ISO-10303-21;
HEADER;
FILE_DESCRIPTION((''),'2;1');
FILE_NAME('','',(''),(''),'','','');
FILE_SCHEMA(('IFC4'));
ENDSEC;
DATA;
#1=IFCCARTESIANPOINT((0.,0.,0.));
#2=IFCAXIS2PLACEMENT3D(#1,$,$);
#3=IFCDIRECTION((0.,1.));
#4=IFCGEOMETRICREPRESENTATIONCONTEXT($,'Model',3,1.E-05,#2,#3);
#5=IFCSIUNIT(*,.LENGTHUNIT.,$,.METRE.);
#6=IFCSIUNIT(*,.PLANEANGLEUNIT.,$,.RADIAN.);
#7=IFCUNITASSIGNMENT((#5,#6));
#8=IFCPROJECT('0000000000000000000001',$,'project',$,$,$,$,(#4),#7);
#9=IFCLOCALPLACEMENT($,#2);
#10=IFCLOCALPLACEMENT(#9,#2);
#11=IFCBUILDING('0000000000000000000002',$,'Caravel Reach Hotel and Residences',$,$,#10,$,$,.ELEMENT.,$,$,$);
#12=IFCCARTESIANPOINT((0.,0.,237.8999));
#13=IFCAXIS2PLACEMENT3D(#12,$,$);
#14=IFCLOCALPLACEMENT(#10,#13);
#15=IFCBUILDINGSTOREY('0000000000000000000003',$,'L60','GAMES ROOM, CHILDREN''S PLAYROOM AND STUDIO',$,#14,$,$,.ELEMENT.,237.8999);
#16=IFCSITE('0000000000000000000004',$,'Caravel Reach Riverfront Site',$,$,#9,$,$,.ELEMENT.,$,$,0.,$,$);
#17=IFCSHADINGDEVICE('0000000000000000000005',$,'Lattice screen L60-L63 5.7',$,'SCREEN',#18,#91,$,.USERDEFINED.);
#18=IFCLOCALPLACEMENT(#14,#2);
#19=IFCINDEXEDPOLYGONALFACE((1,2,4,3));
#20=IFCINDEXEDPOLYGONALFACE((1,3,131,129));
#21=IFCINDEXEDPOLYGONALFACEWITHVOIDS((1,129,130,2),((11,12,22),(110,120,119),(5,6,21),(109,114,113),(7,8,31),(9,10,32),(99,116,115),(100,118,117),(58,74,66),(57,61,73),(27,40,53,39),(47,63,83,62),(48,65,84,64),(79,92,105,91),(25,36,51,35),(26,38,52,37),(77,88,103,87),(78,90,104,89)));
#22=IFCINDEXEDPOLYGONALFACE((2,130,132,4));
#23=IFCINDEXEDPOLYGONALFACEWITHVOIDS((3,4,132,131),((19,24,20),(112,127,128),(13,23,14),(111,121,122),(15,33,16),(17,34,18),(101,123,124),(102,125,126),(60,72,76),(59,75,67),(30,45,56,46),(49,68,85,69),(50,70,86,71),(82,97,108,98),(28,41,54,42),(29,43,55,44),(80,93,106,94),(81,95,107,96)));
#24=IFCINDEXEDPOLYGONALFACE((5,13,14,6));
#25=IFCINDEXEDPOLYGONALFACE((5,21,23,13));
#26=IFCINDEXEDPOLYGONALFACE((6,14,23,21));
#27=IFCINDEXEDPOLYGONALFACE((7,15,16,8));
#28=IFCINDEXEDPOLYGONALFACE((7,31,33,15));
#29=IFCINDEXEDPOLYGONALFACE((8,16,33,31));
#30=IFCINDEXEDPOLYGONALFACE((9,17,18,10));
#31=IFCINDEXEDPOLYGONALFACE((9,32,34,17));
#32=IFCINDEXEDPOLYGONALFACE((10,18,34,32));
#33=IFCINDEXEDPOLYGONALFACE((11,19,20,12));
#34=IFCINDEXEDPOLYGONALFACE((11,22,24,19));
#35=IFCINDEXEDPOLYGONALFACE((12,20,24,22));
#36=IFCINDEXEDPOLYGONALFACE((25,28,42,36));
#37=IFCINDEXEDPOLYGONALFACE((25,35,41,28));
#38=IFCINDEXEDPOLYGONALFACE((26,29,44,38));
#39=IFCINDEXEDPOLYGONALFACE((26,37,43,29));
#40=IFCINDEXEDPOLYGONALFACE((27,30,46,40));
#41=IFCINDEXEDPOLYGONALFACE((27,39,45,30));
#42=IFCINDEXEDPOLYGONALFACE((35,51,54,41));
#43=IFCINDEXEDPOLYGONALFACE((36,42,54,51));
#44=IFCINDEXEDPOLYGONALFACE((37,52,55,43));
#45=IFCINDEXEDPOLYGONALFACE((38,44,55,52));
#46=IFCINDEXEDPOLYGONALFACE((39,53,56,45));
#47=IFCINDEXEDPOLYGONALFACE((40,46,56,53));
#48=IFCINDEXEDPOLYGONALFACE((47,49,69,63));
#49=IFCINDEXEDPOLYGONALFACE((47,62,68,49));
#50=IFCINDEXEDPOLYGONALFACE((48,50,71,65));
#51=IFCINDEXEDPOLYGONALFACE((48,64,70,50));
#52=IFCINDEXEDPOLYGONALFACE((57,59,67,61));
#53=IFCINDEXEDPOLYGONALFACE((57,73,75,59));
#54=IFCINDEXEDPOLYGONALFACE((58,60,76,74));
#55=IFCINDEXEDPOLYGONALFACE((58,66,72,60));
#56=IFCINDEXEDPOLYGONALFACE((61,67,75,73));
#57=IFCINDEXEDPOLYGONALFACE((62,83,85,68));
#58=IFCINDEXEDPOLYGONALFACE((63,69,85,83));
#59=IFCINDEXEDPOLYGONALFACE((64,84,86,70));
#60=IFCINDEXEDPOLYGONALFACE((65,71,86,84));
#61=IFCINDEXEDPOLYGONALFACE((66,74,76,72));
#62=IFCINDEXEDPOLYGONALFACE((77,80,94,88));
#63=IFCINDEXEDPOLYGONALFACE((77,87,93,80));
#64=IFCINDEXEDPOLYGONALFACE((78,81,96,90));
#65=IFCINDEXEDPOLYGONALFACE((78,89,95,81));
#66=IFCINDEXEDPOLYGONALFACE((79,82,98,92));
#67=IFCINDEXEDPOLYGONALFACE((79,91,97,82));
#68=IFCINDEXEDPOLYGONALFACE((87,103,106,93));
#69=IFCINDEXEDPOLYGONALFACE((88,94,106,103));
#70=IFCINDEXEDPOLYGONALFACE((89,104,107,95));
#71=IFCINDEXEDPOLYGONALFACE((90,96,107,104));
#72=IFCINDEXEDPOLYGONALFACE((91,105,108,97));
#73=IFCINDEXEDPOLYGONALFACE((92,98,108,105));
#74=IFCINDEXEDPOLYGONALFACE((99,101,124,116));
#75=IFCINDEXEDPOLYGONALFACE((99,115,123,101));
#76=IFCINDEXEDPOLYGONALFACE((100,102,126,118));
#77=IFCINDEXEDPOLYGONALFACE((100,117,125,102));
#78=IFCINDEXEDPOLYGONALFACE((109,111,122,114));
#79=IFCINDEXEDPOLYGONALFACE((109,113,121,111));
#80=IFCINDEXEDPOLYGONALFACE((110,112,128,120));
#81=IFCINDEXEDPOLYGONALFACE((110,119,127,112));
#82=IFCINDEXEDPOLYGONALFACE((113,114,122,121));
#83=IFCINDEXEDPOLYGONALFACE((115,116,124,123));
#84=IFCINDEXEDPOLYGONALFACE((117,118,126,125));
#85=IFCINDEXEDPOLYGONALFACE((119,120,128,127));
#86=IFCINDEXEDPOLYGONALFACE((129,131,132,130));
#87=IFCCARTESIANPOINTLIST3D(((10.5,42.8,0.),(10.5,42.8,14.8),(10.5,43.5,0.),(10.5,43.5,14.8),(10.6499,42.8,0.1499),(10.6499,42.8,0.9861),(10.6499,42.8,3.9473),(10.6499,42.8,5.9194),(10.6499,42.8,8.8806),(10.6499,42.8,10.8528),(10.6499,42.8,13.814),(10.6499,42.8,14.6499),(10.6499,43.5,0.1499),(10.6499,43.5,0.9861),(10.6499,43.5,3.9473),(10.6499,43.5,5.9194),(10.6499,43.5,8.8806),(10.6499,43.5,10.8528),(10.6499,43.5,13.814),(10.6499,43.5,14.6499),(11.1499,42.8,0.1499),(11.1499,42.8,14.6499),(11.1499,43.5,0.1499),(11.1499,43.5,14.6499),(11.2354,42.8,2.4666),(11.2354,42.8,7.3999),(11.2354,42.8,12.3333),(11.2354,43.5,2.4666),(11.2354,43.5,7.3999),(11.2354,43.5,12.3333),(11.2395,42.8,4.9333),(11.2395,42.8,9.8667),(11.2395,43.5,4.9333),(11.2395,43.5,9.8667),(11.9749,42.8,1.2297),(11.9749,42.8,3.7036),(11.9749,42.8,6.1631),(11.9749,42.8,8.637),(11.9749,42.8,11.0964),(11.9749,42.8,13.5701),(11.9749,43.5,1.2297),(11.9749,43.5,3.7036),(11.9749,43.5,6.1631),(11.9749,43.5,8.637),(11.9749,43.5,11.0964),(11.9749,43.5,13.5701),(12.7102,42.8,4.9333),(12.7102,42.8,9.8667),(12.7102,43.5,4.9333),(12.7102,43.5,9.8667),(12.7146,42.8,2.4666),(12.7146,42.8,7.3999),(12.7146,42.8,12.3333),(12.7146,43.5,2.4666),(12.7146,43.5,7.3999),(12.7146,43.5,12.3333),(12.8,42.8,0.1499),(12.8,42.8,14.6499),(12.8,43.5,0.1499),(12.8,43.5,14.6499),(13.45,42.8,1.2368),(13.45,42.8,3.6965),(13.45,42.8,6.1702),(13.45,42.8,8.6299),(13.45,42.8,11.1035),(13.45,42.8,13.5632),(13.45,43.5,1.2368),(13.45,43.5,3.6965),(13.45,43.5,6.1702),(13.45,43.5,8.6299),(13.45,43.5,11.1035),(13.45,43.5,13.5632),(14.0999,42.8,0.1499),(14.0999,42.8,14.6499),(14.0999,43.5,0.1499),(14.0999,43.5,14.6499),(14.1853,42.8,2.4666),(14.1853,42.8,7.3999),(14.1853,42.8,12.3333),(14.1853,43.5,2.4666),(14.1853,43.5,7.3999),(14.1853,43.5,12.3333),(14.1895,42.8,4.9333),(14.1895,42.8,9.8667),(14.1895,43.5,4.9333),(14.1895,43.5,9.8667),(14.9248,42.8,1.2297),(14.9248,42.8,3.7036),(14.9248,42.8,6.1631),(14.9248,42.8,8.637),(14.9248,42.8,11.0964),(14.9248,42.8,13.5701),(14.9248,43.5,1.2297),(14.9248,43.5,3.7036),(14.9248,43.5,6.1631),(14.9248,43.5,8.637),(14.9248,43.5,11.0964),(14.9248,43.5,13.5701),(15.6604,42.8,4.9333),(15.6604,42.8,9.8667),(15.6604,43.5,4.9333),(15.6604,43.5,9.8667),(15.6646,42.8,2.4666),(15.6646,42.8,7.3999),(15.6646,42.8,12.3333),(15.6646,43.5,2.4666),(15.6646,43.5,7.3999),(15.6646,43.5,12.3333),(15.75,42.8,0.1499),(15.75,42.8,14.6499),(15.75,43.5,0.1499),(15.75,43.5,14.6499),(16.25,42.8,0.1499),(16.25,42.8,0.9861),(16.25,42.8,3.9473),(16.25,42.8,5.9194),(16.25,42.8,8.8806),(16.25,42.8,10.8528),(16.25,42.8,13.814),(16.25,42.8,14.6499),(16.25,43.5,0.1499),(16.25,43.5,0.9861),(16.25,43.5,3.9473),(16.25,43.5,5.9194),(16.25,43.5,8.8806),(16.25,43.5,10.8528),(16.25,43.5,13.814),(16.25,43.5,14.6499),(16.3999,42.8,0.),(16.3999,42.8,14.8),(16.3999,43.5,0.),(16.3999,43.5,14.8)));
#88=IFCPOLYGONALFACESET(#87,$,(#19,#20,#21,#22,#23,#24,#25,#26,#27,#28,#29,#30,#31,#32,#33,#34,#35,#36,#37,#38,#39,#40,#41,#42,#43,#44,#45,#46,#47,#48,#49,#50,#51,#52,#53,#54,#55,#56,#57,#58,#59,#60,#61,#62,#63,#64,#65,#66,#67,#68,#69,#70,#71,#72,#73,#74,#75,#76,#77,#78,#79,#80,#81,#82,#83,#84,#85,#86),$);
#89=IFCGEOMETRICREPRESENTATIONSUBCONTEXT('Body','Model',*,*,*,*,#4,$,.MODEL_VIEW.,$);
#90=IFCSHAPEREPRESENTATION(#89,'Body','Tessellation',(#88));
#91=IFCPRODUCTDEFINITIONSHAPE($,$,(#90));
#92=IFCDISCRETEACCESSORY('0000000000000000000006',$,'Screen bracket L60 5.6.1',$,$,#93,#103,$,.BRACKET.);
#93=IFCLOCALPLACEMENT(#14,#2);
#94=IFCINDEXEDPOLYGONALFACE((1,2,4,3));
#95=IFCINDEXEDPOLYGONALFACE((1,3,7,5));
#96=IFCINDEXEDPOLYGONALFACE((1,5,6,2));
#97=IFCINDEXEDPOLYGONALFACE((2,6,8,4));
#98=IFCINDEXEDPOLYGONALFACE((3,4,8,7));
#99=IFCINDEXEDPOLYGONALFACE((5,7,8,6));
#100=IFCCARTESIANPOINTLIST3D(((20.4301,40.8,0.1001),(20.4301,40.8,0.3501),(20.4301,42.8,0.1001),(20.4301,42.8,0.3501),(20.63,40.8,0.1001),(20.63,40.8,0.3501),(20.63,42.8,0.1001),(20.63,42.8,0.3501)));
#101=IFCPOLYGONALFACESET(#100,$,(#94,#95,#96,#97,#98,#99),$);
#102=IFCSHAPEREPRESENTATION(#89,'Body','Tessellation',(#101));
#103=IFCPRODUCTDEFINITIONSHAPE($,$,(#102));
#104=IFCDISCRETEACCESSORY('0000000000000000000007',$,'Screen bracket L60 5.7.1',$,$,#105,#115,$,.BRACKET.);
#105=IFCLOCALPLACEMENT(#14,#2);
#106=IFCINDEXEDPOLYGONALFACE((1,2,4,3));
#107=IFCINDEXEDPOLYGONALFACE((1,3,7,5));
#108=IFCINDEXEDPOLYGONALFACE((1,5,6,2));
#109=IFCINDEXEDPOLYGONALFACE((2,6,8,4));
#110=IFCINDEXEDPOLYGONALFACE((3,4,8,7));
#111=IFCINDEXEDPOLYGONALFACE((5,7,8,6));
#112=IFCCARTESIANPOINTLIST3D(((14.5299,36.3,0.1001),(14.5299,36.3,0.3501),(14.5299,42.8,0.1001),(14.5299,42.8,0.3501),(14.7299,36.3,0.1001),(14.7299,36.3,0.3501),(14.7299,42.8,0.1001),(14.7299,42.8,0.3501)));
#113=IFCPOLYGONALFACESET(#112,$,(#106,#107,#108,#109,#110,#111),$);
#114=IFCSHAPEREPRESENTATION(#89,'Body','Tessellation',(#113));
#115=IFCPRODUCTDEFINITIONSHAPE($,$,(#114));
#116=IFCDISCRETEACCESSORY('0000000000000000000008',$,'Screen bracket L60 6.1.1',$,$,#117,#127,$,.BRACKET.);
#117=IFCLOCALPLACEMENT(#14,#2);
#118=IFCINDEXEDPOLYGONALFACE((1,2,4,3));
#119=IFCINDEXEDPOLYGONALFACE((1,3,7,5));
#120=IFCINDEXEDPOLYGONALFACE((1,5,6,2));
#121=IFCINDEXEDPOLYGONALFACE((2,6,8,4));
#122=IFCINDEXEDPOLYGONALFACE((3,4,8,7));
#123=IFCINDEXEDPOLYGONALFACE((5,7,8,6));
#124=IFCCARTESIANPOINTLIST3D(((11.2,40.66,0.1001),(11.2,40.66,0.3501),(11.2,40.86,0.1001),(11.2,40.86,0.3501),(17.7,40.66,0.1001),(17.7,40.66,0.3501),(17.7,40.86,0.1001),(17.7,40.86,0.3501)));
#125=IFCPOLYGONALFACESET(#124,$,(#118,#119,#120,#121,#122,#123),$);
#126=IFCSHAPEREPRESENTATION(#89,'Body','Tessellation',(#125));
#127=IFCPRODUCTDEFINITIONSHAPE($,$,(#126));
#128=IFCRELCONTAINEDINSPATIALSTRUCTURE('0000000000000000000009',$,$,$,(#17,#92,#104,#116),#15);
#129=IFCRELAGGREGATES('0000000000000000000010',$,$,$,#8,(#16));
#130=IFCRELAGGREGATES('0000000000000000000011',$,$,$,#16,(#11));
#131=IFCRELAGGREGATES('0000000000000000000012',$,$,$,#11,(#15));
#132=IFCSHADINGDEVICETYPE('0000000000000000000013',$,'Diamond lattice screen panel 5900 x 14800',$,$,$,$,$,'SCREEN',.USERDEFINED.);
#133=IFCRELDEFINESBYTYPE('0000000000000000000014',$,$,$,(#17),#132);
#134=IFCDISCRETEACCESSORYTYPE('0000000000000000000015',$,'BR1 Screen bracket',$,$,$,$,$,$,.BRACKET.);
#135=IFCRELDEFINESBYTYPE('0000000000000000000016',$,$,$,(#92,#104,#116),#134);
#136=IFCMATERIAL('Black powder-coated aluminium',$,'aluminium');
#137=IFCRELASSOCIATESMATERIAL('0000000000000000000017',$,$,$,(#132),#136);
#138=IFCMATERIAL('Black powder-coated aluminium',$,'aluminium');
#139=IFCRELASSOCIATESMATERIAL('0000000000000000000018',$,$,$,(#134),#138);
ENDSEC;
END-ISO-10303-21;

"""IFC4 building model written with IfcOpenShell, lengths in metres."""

from ifc_helpers import new_model, si_unit, direction, frame, origin, origin_2d, place, context, subcontext, project, spatial, polyline, rectangle, outline, extrude, material, type_object, element, save


model = new_model("IFC4")

# Units and contexts
model_context = context("Model", 3, precision=1e-05, world=origin(), true_north=direction((0.0, 1.0)))
body_context = subcontext(model_context, "Body", "Model", "MODEL_VIEW")
ifc_project = project(units=[si_unit("LENGTHUNIT", "METRE"), si_unit("PLANEANGLEUNIT", "RADIAN")], contexts=[model_context])

# Site, building, storey
site_placement = place(None, origin())
site = spatial("IfcSite", under=ifc_project, at=site_placement, Name="Caravel Reach Riverfront Site", CompositionType="ELEMENT", RefElevation=0.0)
building_placement = place(site_placement, origin())
building = spatial("IfcBuilding", under=site, at=building_placement, Name="Caravel Reach Hotel and Residences", CompositionType="ELEMENT")
storey_placement = place(building_placement, frame((0.0, 0.0, 237.8999)))
storey = spatial("IfcBuildingStorey", under=building, at=storey_placement, Name="L60", Description="GAMES ROOM, CHILDREN'S PLAYROOM AND STUDIO", CompositionType="ELEMENT", Elevation=237.8999)

# Shading device
ifc_material_1 = material(Name="Black powder-coated aluminium", Category="aluminium")
shading_device_type = type_object("IfcShadingDeviceType", Name="Diamond lattice screen panel 5900 x 14800", ElementType="SCREEN", PredefinedType="USERDEFINED", material=ifc_material_1)
shading_device_placement = place(storey_placement, frame((16.3999, 42.8, 0.0), z_axis=(0.0, 1.0, 0.0), x_axis=(-1.0, 0.0, 0.0)))
element("IfcShadingDevice", 1, at=shading_device_placement, inside=storey, type_object=shading_device_type, Name="Lattice screen L60-L63 5.7", ObjectType="SCREEN", PredefinedType="USERDEFINED", context=body_context, shape_type="SweptSolid", body=[
    extrude(outline(polyline([(0.0, 0.0), (5.8999, 0.0), (5.8999, 14.8), (0.0, 14.8), (0.0, 0.0)]), holes=[polyline([(0.6499, 0.1499), (0.1499, 0.9861), (0.1499, 0.1499), (0.6499, 0.1499)]), polyline([(0.7395, 4.9333), (0.1499, 5.9194), (0.1499, 3.9473), (0.7395, 4.9333)]), polyline([(0.7395, 9.8667), (0.1499, 10.8528), (0.1499, 8.8806), (0.7395, 9.8667)]), polyline([(0.1499, 13.814), (0.6499, 14.6499), (0.1499, 14.6499), (0.1499, 13.814)]), polyline([(1.4751, 3.7036), (0.7354, 2.4666), (1.4751, 1.2297), (2.2146, 2.4666), (1.4751, 3.7036)]), polyline([(1.4751, 8.637), (0.7354, 7.3999), (1.4751, 6.1631), (2.2146, 7.3999), (1.4751, 8.637)]), polyline([(1.4751, 13.5701), (0.7354, 12.3333), (1.4751, 11.0964), (2.2146, 12.3333), (1.4751, 13.5701)]), polyline([(2.95, 1.2368), (2.3, 0.1499), (3.5999, 0.1499), (2.95, 1.2368)]), polyline([(2.95, 6.1702), (2.2104, 4.9333), (2.95, 3.6965), (3.6897, 4.9333), (2.95, 6.1702)]), polyline([(2.95, 11.1035), (2.2104, 9.8667), (2.95, 8.6299), (3.6897, 9.8667), (2.95, 11.1035)]), polyline([(2.95, 13.5632), (3.5999, 14.6499), (2.3, 14.6499), (2.95, 13.5632)]), polyline([(4.425, 3.7036), (3.6853, 2.4666), (4.425, 1.2297), (5.1646, 2.4666), (4.425, 3.7036)]), polyline([(4.425, 8.637), (3.6853, 7.3999), (4.425, 6.1631), (5.1646, 7.3999), (4.425, 8.637)]), polyline([(4.425, 13.5701), (3.6853, 12.3333), (4.425, 11.0964), (5.1646, 12.3333), (4.425, 13.5701)]), polyline([(5.75, 0.9861), (5.25, 0.1499), (5.75, 0.1499), (5.75, 0.9861)]), polyline([(5.1604, 4.9333), (5.75, 3.9473), (5.75, 5.9194), (5.1604, 4.9333)]), polyline([(5.1604, 9.8667), (5.75, 8.8806), (5.75, 10.8528), (5.1604, 9.8667)]), polyline([(5.25, 14.6499), (5.75, 13.814), (5.75, 14.6499), (5.25, 14.6499)])]), origin(), (0.0, 0.0, 1.0), 0.7),
])

# Discrete accessories
ifc_material_2 = material(Name="Black powder-coated aluminium", Category="aluminium")
discrete_accessory_type = type_object("IfcDiscreteAccessoryType", Name="BR1 Screen bracket", PredefinedType="BRACKET", material=ifc_material_2)
discrete_accessory_placement = place(storey_placement, frame((20.53, 41.8, 0.1001), z_axis=(0.0, 0.0, 1.0), x_axis=(0.0, 1.0, 0.0)))
element("IfcDiscreteAccessory", 2, at=discrete_accessory_placement, inside=storey, type_object=discrete_accessory_type, Name="Screen bracket L60 5.6.1", PredefinedType="BRACKET", context=body_context, shape_type="SweptSolid", body=[
    extrude(rectangle(XDim=2.0, YDim=0.2, at=origin_2d()), origin(), (0.0, 0.0, 1.0), 0.25),
])
for number, where, z_axis, x_axis, name in (
    (3, (14.6299, 39.55, 0.1001), (0.0, 0.0, 1.0), (0.0, 1.0, 0.0), "Screen bracket L60 5.7.1"),
    (4, (14.45, 40.76, 0.1001), (0.0, 0.0, 1.0), (-1.0, 0.0, 0.0), "Screen bracket L60 6.1.1"),
):
    element("IfcDiscreteAccessory", number, at=place(storey_placement, frame(where, z_axis=z_axis, x_axis=x_axis)), inside=storey, type_object=discrete_accessory_type, Name=name, PredefinedType="BRACKET", context=body_context, shape_type="SweptSolid", body=[
        extrude(rectangle(XDim=6.5, YDim=0.2, at=origin_2d()), origin(), (0.0, 0.0, 1.0), 0.25),
    ])

save(model, "model.ifc")
